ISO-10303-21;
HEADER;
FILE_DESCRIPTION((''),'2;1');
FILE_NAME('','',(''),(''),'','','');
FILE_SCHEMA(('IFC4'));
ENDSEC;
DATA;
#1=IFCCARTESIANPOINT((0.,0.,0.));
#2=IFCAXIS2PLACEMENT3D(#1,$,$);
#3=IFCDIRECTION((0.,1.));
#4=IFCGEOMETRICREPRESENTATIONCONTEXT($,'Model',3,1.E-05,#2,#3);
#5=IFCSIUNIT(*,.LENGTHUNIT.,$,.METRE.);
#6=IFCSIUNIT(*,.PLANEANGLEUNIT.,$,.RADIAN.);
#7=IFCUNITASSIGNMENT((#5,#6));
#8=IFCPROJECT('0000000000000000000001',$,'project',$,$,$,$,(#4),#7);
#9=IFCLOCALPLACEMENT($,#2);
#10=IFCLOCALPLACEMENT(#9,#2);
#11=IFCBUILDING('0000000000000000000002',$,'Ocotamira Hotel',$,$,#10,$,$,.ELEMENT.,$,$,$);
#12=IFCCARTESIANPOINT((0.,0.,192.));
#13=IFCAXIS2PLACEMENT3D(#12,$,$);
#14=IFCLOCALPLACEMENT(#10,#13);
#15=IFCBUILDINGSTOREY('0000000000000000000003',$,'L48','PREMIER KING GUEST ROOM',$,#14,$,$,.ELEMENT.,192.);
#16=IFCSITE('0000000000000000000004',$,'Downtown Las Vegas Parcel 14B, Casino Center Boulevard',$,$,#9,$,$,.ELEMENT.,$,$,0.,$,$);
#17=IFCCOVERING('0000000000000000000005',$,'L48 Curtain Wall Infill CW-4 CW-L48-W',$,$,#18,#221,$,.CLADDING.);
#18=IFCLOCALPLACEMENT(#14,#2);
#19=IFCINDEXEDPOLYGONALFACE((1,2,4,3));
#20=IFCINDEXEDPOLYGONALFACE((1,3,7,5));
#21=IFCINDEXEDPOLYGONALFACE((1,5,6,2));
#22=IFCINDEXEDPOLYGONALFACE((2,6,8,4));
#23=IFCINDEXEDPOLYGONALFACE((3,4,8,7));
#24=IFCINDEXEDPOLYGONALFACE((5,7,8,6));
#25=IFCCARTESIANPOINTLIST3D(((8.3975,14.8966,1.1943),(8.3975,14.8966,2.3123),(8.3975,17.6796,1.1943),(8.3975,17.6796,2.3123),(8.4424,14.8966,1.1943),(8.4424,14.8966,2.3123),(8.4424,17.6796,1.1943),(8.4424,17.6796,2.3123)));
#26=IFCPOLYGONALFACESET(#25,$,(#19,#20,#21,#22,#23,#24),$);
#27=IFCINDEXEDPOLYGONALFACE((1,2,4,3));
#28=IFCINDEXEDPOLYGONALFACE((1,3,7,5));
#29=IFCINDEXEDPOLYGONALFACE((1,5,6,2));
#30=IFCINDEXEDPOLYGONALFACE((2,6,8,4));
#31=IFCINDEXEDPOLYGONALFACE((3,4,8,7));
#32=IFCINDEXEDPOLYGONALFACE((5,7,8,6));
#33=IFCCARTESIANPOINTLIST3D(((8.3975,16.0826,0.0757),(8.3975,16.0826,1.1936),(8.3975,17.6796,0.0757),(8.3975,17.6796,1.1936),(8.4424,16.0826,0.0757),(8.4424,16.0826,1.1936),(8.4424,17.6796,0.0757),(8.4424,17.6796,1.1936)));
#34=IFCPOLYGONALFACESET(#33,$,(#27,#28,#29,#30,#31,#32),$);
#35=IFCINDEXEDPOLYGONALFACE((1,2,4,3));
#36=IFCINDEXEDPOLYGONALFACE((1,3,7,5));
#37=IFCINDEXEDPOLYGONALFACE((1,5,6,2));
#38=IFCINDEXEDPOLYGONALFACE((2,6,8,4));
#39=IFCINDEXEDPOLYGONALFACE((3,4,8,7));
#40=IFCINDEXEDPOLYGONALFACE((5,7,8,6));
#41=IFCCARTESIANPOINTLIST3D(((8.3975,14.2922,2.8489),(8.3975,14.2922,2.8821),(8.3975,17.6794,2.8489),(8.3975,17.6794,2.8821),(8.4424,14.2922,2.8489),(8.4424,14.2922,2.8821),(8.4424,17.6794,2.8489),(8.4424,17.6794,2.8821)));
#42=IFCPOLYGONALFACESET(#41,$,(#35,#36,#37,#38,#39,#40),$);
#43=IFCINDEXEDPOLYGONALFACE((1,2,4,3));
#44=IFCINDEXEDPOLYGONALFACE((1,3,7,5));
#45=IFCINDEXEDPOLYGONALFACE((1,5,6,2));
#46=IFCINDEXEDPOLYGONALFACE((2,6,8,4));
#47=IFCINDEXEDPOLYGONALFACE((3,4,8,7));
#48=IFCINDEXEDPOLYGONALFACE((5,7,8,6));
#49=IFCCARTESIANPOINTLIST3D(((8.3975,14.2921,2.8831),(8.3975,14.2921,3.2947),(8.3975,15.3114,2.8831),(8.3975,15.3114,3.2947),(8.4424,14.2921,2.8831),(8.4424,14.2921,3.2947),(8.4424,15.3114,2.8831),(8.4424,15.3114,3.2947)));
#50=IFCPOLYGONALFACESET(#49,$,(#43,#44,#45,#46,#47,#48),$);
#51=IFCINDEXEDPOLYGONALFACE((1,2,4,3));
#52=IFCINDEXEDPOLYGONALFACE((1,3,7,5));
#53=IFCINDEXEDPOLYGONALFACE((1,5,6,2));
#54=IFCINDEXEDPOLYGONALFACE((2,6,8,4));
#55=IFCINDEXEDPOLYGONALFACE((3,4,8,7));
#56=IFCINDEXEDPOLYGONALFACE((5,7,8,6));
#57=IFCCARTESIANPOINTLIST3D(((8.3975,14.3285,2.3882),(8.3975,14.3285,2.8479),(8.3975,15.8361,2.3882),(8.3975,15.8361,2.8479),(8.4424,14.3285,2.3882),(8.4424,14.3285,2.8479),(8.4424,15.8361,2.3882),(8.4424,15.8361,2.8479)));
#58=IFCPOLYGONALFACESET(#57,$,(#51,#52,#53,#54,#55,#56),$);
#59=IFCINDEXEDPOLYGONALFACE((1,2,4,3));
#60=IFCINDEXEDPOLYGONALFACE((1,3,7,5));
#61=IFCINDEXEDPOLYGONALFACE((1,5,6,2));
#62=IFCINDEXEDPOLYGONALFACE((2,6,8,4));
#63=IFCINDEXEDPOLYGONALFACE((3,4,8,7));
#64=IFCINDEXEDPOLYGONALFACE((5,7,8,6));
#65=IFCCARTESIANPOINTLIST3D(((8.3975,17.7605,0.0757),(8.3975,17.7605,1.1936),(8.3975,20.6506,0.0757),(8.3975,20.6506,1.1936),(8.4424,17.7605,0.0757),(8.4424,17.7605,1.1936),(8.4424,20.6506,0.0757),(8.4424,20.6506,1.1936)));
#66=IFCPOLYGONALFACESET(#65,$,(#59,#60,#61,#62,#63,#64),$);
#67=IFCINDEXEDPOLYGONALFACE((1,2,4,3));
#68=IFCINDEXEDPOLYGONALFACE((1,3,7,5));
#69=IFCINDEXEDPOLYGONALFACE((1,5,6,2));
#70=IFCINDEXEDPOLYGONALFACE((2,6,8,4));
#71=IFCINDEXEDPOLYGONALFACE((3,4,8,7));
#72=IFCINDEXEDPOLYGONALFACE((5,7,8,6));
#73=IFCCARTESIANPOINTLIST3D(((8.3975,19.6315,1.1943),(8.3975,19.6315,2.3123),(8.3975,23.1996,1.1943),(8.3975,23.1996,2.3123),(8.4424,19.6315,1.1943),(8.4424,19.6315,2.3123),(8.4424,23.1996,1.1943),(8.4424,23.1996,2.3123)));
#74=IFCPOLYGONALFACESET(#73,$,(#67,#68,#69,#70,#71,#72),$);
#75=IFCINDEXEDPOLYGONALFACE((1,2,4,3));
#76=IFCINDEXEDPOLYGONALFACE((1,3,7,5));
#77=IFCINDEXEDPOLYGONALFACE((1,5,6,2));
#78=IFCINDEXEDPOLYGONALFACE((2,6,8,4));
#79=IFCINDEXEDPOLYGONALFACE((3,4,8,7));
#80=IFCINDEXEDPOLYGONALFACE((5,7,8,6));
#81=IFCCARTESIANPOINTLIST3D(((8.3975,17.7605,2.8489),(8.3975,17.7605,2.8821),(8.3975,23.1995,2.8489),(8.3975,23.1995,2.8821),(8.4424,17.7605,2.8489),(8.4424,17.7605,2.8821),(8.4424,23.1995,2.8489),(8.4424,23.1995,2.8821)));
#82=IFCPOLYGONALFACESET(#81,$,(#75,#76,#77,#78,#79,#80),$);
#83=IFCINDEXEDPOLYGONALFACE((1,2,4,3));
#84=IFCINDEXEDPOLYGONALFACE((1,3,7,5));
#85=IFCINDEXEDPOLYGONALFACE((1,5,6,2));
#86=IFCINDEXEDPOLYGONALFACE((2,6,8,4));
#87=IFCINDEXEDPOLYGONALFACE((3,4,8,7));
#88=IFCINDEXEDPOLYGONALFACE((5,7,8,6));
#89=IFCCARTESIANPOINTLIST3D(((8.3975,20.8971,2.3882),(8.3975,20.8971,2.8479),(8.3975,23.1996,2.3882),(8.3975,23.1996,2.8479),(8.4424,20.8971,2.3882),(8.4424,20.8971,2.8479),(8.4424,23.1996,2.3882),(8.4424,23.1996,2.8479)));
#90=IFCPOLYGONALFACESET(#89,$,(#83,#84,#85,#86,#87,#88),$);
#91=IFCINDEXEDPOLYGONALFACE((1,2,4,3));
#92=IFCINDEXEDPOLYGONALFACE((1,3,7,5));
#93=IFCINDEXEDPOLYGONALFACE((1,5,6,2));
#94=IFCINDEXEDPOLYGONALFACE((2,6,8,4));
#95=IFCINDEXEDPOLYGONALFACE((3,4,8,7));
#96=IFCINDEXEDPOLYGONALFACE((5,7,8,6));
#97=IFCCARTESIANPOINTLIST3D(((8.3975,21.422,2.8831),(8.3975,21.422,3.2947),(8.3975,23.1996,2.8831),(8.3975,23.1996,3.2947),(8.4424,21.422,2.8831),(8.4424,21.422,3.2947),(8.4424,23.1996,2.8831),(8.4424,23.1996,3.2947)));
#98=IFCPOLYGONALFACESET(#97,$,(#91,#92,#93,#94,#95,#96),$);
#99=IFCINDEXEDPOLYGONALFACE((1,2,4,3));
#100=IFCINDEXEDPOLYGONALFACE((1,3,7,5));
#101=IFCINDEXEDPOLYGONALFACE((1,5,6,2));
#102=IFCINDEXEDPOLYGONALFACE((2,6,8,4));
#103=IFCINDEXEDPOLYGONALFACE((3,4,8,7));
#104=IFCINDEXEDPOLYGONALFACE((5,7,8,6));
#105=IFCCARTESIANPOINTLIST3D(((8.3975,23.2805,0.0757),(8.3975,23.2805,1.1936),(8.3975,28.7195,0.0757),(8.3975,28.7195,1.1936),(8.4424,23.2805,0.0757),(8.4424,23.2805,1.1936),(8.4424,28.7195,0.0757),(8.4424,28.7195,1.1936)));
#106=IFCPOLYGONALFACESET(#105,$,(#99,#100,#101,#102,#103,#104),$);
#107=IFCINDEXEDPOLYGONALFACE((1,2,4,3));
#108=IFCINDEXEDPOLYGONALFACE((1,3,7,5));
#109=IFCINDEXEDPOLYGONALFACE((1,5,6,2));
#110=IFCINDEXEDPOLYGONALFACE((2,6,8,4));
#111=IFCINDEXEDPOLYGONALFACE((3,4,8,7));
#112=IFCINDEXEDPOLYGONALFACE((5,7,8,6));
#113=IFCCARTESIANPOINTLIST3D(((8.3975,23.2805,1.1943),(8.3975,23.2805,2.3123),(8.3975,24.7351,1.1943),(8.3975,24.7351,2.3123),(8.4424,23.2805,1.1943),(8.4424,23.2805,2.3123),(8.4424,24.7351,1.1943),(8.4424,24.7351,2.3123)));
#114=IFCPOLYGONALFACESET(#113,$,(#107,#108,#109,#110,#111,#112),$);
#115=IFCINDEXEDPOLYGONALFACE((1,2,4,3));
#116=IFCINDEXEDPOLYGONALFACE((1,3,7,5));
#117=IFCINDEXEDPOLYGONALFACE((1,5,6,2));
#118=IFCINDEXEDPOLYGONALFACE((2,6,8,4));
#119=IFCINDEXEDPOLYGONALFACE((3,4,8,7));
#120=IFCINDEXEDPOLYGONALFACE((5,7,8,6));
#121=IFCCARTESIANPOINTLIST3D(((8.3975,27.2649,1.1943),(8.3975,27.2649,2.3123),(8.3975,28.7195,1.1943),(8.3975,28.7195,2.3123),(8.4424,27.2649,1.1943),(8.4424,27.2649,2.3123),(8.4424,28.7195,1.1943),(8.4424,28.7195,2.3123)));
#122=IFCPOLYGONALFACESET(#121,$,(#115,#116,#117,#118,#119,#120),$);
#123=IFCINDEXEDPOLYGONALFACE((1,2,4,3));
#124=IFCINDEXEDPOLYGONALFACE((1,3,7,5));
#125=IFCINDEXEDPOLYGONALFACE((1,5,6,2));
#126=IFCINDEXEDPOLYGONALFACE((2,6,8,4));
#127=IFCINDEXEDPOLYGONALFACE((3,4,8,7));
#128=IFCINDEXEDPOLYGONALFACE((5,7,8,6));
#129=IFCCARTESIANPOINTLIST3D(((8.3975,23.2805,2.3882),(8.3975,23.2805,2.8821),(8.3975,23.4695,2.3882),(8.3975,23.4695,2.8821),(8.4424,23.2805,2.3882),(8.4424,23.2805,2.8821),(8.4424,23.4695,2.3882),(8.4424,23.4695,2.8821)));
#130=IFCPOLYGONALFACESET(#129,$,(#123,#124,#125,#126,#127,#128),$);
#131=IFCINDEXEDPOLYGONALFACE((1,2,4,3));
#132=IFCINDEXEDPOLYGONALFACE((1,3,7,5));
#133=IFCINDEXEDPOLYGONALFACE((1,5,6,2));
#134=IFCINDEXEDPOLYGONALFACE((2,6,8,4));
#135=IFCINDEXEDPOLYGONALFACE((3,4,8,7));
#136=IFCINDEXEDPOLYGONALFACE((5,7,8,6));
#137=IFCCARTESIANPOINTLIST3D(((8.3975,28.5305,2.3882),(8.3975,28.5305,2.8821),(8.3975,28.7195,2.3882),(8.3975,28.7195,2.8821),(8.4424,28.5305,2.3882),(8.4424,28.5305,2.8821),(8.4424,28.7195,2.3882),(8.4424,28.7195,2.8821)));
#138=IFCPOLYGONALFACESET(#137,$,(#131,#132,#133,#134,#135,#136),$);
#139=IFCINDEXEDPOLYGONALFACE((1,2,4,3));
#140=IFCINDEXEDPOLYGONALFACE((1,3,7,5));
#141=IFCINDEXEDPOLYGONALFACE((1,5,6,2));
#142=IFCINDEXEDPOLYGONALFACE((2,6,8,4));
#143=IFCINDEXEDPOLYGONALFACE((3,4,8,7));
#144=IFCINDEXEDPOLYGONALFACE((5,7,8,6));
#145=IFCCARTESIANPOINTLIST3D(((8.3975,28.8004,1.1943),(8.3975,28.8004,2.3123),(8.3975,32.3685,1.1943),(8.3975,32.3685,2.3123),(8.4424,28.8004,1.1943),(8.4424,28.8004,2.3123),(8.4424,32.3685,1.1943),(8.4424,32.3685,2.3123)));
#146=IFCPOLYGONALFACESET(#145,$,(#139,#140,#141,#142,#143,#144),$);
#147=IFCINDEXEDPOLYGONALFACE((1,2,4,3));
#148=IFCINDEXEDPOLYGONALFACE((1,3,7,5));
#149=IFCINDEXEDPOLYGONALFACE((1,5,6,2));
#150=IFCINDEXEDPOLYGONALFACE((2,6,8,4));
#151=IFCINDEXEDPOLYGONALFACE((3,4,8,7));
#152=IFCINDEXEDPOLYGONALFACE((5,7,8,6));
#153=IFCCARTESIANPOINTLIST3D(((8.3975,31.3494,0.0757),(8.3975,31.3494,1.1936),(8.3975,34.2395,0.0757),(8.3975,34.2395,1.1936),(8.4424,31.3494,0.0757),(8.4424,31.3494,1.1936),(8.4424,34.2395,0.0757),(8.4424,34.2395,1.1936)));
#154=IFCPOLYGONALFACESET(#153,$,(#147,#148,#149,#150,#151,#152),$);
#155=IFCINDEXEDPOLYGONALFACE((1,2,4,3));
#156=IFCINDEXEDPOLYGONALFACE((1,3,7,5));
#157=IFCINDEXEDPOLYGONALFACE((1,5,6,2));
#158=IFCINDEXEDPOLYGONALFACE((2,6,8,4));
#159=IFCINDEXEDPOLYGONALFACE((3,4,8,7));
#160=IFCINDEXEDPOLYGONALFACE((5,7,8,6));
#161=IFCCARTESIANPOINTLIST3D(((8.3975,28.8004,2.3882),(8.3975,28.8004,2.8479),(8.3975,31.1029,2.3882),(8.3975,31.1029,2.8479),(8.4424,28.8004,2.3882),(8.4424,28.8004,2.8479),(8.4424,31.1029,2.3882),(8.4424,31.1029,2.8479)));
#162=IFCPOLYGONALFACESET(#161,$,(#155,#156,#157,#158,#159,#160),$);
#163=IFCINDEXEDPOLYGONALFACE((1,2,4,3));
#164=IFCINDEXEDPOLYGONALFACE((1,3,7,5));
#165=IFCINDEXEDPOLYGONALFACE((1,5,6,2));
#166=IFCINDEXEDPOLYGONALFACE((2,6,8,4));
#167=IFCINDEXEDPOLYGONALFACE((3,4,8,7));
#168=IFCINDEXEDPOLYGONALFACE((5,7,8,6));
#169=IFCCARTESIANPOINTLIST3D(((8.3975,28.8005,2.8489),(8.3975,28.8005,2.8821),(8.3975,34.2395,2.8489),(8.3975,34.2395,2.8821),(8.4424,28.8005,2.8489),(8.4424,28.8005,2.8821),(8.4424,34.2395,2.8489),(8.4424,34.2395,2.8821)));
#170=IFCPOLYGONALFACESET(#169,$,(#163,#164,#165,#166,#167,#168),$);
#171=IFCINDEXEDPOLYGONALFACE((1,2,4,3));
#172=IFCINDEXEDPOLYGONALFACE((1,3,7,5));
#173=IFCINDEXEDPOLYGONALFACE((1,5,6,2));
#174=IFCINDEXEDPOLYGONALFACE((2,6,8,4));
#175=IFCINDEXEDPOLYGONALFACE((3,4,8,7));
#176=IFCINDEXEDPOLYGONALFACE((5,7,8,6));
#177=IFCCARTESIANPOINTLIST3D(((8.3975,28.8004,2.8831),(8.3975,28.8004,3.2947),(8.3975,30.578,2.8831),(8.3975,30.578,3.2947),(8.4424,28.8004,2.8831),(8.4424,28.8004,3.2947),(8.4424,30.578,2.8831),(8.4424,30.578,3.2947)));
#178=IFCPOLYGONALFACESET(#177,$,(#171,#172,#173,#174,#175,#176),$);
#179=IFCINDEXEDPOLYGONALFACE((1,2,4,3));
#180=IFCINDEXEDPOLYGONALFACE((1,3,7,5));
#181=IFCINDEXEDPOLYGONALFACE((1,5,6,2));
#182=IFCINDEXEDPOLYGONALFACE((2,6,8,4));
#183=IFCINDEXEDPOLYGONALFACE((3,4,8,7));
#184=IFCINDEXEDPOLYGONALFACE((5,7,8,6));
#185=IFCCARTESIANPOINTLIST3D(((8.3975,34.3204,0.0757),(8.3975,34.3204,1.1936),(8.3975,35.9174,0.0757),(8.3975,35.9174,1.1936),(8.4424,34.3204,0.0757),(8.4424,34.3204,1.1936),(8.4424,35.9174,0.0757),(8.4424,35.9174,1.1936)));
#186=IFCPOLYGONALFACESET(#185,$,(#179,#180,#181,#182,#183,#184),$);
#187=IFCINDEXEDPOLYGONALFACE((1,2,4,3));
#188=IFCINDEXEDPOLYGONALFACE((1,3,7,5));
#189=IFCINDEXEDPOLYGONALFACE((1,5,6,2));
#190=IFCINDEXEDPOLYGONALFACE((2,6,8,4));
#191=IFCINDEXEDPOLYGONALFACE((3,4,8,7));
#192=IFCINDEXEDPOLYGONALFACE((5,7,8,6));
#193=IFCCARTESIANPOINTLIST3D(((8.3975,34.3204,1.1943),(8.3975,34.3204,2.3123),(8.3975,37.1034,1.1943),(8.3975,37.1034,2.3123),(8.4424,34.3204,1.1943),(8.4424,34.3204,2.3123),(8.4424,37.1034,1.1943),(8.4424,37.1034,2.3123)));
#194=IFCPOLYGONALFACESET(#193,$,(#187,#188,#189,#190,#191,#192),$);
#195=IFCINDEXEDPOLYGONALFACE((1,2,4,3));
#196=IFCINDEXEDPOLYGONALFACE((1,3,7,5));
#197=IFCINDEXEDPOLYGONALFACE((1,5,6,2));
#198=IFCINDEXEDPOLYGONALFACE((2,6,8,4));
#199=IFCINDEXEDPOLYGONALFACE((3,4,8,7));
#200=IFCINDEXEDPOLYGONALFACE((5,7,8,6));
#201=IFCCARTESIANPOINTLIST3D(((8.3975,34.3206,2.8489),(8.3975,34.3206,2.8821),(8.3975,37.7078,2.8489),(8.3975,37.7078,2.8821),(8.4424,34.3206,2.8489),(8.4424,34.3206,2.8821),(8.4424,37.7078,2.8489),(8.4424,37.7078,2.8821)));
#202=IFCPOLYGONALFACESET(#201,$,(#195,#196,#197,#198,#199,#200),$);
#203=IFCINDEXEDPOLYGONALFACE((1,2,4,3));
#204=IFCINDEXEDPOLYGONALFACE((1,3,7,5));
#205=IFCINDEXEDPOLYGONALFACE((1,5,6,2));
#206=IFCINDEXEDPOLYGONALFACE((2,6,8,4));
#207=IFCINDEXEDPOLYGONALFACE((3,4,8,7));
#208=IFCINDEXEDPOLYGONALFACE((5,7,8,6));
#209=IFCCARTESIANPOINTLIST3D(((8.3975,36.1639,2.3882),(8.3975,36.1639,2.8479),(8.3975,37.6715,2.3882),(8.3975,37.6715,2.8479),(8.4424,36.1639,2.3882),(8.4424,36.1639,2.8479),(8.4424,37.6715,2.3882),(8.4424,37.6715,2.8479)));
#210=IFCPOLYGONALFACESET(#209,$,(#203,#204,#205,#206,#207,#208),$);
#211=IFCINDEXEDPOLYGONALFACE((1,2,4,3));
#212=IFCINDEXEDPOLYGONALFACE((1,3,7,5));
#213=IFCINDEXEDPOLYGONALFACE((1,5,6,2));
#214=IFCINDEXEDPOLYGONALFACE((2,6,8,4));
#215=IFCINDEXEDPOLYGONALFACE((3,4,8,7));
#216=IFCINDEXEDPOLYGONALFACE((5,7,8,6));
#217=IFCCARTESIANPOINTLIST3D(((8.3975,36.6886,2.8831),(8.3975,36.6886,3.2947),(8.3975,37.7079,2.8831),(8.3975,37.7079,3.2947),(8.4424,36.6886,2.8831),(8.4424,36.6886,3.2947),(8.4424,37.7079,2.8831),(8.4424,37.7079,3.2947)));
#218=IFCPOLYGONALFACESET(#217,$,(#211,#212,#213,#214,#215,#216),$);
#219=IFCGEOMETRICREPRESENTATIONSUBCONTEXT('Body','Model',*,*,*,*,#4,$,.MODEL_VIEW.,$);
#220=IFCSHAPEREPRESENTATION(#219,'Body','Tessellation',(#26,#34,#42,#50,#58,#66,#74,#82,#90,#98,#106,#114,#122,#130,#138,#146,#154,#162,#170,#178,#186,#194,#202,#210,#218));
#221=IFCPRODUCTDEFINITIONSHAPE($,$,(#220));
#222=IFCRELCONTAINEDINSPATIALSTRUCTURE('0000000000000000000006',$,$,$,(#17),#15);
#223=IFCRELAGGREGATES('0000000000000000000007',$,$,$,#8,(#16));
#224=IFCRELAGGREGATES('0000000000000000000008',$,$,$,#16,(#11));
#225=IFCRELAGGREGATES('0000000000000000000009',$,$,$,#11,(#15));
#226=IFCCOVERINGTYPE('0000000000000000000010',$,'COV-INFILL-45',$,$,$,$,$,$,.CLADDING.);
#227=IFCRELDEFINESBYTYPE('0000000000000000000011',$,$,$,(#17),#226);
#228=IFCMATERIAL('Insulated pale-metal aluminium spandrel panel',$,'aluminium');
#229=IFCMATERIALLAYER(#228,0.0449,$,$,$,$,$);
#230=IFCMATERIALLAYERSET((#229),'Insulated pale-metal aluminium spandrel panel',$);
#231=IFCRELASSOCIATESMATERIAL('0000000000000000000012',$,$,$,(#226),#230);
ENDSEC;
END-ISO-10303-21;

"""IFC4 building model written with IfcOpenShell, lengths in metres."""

from ifc_helpers import new_model, si_unit, direction, frame, origin, origin_2d, place, context, subcontext, project, spatial, rectangle, extrude, material, layer, layer_set, type_object, element, save


model = new_model("IFC4")

# Units and contexts
model_context = context("Model", 3, precision=1e-05, world=origin(), true_north=direction((0.0, 1.0)))
body_context = subcontext(model_context, "Body", "Model", "MODEL_VIEW")
ifc_project = project(units=[si_unit("LENGTHUNIT", "METRE"), si_unit("PLANEANGLEUNIT", "RADIAN")], contexts=[model_context])

# Site, building, storey
site_placement = place(None, origin())
site = spatial("IfcSite", under=ifc_project, at=site_placement, Name="Downtown Las Vegas Parcel 14B, Casino Center Boulevard", CompositionType="ELEMENT", RefElevation=0.0)
building_placement = place(site_placement, origin())
building = spatial("IfcBuilding", under=site, at=building_placement, Name="Ocotamira Hotel", CompositionType="ELEMENT")
storey_placement = place(building_placement, frame((0.0, 0.0, 192.0)))
storey = spatial("IfcBuildingStorey", under=building, at=storey_placement, Name="L48", Description="PREMIER KING GUEST ROOM", CompositionType="ELEMENT", Elevation=192.0)

# Covering
ifc_material_1 = material(Name="Insulated pale-metal aluminium spandrel panel", Category="aluminium")
ifc_layer_1 = layer(ifc_material_1, 0.0449)
ifc_layer_set_1 = layer_set([ifc_layer_1], Name="Insulated pale-metal aluminium spandrel panel")
covering_type_1 = type_object("IfcCoveringType", Name="COV-INFILL-45", PredefinedType="CLADDING", material=ifc_layer_set_1)
covering_1_placement = place(storey_placement, origin())
element("IfcCovering", 1, at=covering_1_placement, inside=storey, type_object=covering_type_1, Name="L48 Curtain Wall Infill CW-4 CW-L48-W", PredefinedType="CLADDING", context=body_context, shape_type="SweptSolid", body=[
    extrude(rectangle(XDim=2.783, YDim=0.0449, at=origin_2d()), frame((8.4199, 16.2881, 1.1943), z_axis=(0.0, 0.0, 1.0), x_axis=(0.0, 1.0, 0.0)), (0.0, 0.0, 1.0), 1.1179),
    extrude(rectangle(XDim=1.5969, YDim=0.0449, at=origin_2d()), frame((8.4199, 16.8811, 0.0757), z_axis=(0.0, 0.0, 1.0), x_axis=(0.0, 1.0, 0.0)), (0.0, 0.0, 1.0), 1.1179),
    extrude(rectangle(XDim=3.3872, YDim=0.0449, at=origin_2d()), frame((8.4199, 15.9858, 2.8489), z_axis=(0.0, 0.0, 1.0), x_axis=(0.0, 1.0, 0.0)), (0.0, 0.0, 1.0), 0.0332),
    extrude(rectangle(XDim=1.0193, YDim=0.0449, at=origin_2d()), frame((8.4199, 14.8018, 2.8831), z_axis=(0.0, 0.0, 1.0), x_axis=(0.0, 1.0, 0.0)), (0.0, 0.0, 1.0), 0.4116),
    extrude(rectangle(XDim=1.5076, YDim=0.0449, at=origin_2d()), frame((8.4199, 15.0823, 2.3882), z_axis=(0.0, 0.0, 1.0), x_axis=(0.0, 1.0, 0.0)), (0.0, 0.0, 1.0), 0.4597),
    extrude(rectangle(XDim=2.8901, YDim=0.0449, at=origin_2d()), frame((8.4199, 19.2056, 0.0757), z_axis=(0.0, 0.0, 1.0), x_axis=(0.0, 1.0, 0.0)), (0.0, 0.0, 1.0), 1.1179),
    extrude(rectangle(XDim=3.5681, YDim=0.0449, at=origin_2d()), frame((8.4199, 21.4155, 1.1943), z_axis=(0.0, 0.0, 1.0), x_axis=(0.0, 1.0, 0.0)), (0.0, 0.0, 1.0), 1.1179),
    extrude(rectangle(XDim=5.439, YDim=0.0449, at=origin_2d()), frame((8.4199, 20.48, 2.8489), z_axis=(0.0, 0.0, 1.0), x_axis=(0.0, 1.0, 0.0)), (0.0, 0.0, 1.0), 0.0332),
    extrude(rectangle(XDim=2.3025, YDim=0.0449, at=origin_2d()), frame((8.4199, 22.0483, 2.3882), z_axis=(0.0, 0.0, 1.0), x_axis=(0.0, 1.0, 0.0)), (0.0, 0.0, 1.0), 0.4597),
    extrude(rectangle(XDim=1.7776, YDim=0.0449, at=origin_2d()), frame((8.4199, 22.3108, 2.8831), z_axis=(0.0, 0.0, 1.0), x_axis=(0.0, 1.0, 0.0)), (0.0, 0.0, 1.0), 0.4116),
    extrude(rectangle(XDim=5.439, YDim=0.0449, at=origin_2d()), frame((8.4199, 26.0, 0.0757), z_axis=(0.0, 0.0, 1.0), x_axis=(0.0, 1.0, 0.0)), (0.0, 0.0, 1.0), 1.1179),
    extrude(rectangle(XDim=1.4546, YDim=0.0449, at=origin_2d()), frame((8.4199, 24.0078, 1.1943), z_axis=(0.0, 0.0, 1.0), x_axis=(0.0, 1.0, 0.0)), (0.0, 0.0, 1.0), 1.1179),
    extrude(rectangle(XDim=1.4546, YDim=0.0449, at=origin_2d()), frame((8.4199, 27.9922, 1.1943), z_axis=(0.0, 0.0, 1.0), x_axis=(0.0, 1.0, 0.0)), (0.0, 0.0, 1.0), 1.1179),
    extrude(rectangle(XDim=0.189, YDim=0.0449, at=origin_2d()), frame((8.4199, 23.375, 2.3882), z_axis=(0.0, 0.0, 1.0), x_axis=(0.0, 1.0, 0.0)), (0.0, 0.0, 1.0), 0.4939),
    extrude(rectangle(XDim=0.189, YDim=0.0449, at=origin_2d()), frame((8.4199, 28.625, 2.3882), z_axis=(0.0, 0.0, 1.0), x_axis=(0.0, 1.0, 0.0)), (0.0, 0.0, 1.0), 0.4939),
    extrude(rectangle(XDim=3.5681, YDim=0.0449, at=origin_2d()), frame((8.4199, 30.5845, 1.1943), z_axis=(0.0, 0.0, 1.0), x_axis=(0.0, 1.0, 0.0)), (0.0, 0.0, 1.0), 1.1179),
    extrude(rectangle(XDim=2.8901, YDim=0.0449, at=origin_2d()), frame((8.4199, 32.7944, 0.0757), z_axis=(0.0, 0.0, 1.0), x_axis=(0.0, 1.0, 0.0)), (0.0, 0.0, 1.0), 1.1179),
    extrude(rectangle(XDim=2.3025, YDim=0.0449, at=origin_2d()), frame((8.4199, 29.9517, 2.3882), z_axis=(0.0, 0.0, 1.0), x_axis=(0.0, 1.0, 0.0)), (0.0, 0.0, 1.0), 0.4597),
    extrude(rectangle(XDim=5.439, YDim=0.0449, at=origin_2d()), frame((8.4199, 31.52, 2.8489), z_axis=(0.0, 0.0, 1.0), x_axis=(0.0, 1.0, 0.0)), (0.0, 0.0, 1.0), 0.0332),
    extrude(rectangle(XDim=1.7776, YDim=0.0449, at=origin_2d()), frame((8.4199, 29.6892, 2.8831), z_axis=(0.0, 0.0, 1.0), x_axis=(0.0, 1.0, 0.0)), (0.0, 0.0, 1.0), 0.4116),
    extrude(rectangle(XDim=1.5969, YDim=0.0449, at=origin_2d()), frame((8.4199, 35.1189, 0.0757), z_axis=(0.0, 0.0, 1.0), x_axis=(0.0, 1.0, 0.0)), (0.0, 0.0, 1.0), 1.1179),
    extrude(rectangle(XDim=2.783, YDim=0.0449, at=origin_2d()), frame((8.4199, 35.7119, 1.1943), z_axis=(0.0, 0.0, 1.0), x_axis=(0.0, 1.0, 0.0)), (0.0, 0.0, 1.0), 1.1179),
    extrude(rectangle(XDim=3.3872, YDim=0.0449, at=origin_2d()), frame((8.4199, 36.0142, 2.8489), z_axis=(0.0, 0.0, 1.0), x_axis=(0.0, 1.0, 0.0)), (0.0, 0.0, 1.0), 0.0332),
    extrude(rectangle(XDim=1.5076, YDim=0.0449, at=origin_2d()), frame((8.4199, 36.9177, 2.3882), z_axis=(0.0, 0.0, 1.0), x_axis=(0.0, 1.0, 0.0)), (0.0, 0.0, 1.0), 0.4597),
    extrude(rectangle(XDim=1.0193, YDim=0.0449, at=origin_2d()), frame((8.4199, 37.1982, 2.8831), z_axis=(0.0, 0.0, 1.0), x_axis=(0.0, 1.0, 0.0)), (0.0, 0.0, 1.0), 0.4116),
])

save(model, "model.ifc")
